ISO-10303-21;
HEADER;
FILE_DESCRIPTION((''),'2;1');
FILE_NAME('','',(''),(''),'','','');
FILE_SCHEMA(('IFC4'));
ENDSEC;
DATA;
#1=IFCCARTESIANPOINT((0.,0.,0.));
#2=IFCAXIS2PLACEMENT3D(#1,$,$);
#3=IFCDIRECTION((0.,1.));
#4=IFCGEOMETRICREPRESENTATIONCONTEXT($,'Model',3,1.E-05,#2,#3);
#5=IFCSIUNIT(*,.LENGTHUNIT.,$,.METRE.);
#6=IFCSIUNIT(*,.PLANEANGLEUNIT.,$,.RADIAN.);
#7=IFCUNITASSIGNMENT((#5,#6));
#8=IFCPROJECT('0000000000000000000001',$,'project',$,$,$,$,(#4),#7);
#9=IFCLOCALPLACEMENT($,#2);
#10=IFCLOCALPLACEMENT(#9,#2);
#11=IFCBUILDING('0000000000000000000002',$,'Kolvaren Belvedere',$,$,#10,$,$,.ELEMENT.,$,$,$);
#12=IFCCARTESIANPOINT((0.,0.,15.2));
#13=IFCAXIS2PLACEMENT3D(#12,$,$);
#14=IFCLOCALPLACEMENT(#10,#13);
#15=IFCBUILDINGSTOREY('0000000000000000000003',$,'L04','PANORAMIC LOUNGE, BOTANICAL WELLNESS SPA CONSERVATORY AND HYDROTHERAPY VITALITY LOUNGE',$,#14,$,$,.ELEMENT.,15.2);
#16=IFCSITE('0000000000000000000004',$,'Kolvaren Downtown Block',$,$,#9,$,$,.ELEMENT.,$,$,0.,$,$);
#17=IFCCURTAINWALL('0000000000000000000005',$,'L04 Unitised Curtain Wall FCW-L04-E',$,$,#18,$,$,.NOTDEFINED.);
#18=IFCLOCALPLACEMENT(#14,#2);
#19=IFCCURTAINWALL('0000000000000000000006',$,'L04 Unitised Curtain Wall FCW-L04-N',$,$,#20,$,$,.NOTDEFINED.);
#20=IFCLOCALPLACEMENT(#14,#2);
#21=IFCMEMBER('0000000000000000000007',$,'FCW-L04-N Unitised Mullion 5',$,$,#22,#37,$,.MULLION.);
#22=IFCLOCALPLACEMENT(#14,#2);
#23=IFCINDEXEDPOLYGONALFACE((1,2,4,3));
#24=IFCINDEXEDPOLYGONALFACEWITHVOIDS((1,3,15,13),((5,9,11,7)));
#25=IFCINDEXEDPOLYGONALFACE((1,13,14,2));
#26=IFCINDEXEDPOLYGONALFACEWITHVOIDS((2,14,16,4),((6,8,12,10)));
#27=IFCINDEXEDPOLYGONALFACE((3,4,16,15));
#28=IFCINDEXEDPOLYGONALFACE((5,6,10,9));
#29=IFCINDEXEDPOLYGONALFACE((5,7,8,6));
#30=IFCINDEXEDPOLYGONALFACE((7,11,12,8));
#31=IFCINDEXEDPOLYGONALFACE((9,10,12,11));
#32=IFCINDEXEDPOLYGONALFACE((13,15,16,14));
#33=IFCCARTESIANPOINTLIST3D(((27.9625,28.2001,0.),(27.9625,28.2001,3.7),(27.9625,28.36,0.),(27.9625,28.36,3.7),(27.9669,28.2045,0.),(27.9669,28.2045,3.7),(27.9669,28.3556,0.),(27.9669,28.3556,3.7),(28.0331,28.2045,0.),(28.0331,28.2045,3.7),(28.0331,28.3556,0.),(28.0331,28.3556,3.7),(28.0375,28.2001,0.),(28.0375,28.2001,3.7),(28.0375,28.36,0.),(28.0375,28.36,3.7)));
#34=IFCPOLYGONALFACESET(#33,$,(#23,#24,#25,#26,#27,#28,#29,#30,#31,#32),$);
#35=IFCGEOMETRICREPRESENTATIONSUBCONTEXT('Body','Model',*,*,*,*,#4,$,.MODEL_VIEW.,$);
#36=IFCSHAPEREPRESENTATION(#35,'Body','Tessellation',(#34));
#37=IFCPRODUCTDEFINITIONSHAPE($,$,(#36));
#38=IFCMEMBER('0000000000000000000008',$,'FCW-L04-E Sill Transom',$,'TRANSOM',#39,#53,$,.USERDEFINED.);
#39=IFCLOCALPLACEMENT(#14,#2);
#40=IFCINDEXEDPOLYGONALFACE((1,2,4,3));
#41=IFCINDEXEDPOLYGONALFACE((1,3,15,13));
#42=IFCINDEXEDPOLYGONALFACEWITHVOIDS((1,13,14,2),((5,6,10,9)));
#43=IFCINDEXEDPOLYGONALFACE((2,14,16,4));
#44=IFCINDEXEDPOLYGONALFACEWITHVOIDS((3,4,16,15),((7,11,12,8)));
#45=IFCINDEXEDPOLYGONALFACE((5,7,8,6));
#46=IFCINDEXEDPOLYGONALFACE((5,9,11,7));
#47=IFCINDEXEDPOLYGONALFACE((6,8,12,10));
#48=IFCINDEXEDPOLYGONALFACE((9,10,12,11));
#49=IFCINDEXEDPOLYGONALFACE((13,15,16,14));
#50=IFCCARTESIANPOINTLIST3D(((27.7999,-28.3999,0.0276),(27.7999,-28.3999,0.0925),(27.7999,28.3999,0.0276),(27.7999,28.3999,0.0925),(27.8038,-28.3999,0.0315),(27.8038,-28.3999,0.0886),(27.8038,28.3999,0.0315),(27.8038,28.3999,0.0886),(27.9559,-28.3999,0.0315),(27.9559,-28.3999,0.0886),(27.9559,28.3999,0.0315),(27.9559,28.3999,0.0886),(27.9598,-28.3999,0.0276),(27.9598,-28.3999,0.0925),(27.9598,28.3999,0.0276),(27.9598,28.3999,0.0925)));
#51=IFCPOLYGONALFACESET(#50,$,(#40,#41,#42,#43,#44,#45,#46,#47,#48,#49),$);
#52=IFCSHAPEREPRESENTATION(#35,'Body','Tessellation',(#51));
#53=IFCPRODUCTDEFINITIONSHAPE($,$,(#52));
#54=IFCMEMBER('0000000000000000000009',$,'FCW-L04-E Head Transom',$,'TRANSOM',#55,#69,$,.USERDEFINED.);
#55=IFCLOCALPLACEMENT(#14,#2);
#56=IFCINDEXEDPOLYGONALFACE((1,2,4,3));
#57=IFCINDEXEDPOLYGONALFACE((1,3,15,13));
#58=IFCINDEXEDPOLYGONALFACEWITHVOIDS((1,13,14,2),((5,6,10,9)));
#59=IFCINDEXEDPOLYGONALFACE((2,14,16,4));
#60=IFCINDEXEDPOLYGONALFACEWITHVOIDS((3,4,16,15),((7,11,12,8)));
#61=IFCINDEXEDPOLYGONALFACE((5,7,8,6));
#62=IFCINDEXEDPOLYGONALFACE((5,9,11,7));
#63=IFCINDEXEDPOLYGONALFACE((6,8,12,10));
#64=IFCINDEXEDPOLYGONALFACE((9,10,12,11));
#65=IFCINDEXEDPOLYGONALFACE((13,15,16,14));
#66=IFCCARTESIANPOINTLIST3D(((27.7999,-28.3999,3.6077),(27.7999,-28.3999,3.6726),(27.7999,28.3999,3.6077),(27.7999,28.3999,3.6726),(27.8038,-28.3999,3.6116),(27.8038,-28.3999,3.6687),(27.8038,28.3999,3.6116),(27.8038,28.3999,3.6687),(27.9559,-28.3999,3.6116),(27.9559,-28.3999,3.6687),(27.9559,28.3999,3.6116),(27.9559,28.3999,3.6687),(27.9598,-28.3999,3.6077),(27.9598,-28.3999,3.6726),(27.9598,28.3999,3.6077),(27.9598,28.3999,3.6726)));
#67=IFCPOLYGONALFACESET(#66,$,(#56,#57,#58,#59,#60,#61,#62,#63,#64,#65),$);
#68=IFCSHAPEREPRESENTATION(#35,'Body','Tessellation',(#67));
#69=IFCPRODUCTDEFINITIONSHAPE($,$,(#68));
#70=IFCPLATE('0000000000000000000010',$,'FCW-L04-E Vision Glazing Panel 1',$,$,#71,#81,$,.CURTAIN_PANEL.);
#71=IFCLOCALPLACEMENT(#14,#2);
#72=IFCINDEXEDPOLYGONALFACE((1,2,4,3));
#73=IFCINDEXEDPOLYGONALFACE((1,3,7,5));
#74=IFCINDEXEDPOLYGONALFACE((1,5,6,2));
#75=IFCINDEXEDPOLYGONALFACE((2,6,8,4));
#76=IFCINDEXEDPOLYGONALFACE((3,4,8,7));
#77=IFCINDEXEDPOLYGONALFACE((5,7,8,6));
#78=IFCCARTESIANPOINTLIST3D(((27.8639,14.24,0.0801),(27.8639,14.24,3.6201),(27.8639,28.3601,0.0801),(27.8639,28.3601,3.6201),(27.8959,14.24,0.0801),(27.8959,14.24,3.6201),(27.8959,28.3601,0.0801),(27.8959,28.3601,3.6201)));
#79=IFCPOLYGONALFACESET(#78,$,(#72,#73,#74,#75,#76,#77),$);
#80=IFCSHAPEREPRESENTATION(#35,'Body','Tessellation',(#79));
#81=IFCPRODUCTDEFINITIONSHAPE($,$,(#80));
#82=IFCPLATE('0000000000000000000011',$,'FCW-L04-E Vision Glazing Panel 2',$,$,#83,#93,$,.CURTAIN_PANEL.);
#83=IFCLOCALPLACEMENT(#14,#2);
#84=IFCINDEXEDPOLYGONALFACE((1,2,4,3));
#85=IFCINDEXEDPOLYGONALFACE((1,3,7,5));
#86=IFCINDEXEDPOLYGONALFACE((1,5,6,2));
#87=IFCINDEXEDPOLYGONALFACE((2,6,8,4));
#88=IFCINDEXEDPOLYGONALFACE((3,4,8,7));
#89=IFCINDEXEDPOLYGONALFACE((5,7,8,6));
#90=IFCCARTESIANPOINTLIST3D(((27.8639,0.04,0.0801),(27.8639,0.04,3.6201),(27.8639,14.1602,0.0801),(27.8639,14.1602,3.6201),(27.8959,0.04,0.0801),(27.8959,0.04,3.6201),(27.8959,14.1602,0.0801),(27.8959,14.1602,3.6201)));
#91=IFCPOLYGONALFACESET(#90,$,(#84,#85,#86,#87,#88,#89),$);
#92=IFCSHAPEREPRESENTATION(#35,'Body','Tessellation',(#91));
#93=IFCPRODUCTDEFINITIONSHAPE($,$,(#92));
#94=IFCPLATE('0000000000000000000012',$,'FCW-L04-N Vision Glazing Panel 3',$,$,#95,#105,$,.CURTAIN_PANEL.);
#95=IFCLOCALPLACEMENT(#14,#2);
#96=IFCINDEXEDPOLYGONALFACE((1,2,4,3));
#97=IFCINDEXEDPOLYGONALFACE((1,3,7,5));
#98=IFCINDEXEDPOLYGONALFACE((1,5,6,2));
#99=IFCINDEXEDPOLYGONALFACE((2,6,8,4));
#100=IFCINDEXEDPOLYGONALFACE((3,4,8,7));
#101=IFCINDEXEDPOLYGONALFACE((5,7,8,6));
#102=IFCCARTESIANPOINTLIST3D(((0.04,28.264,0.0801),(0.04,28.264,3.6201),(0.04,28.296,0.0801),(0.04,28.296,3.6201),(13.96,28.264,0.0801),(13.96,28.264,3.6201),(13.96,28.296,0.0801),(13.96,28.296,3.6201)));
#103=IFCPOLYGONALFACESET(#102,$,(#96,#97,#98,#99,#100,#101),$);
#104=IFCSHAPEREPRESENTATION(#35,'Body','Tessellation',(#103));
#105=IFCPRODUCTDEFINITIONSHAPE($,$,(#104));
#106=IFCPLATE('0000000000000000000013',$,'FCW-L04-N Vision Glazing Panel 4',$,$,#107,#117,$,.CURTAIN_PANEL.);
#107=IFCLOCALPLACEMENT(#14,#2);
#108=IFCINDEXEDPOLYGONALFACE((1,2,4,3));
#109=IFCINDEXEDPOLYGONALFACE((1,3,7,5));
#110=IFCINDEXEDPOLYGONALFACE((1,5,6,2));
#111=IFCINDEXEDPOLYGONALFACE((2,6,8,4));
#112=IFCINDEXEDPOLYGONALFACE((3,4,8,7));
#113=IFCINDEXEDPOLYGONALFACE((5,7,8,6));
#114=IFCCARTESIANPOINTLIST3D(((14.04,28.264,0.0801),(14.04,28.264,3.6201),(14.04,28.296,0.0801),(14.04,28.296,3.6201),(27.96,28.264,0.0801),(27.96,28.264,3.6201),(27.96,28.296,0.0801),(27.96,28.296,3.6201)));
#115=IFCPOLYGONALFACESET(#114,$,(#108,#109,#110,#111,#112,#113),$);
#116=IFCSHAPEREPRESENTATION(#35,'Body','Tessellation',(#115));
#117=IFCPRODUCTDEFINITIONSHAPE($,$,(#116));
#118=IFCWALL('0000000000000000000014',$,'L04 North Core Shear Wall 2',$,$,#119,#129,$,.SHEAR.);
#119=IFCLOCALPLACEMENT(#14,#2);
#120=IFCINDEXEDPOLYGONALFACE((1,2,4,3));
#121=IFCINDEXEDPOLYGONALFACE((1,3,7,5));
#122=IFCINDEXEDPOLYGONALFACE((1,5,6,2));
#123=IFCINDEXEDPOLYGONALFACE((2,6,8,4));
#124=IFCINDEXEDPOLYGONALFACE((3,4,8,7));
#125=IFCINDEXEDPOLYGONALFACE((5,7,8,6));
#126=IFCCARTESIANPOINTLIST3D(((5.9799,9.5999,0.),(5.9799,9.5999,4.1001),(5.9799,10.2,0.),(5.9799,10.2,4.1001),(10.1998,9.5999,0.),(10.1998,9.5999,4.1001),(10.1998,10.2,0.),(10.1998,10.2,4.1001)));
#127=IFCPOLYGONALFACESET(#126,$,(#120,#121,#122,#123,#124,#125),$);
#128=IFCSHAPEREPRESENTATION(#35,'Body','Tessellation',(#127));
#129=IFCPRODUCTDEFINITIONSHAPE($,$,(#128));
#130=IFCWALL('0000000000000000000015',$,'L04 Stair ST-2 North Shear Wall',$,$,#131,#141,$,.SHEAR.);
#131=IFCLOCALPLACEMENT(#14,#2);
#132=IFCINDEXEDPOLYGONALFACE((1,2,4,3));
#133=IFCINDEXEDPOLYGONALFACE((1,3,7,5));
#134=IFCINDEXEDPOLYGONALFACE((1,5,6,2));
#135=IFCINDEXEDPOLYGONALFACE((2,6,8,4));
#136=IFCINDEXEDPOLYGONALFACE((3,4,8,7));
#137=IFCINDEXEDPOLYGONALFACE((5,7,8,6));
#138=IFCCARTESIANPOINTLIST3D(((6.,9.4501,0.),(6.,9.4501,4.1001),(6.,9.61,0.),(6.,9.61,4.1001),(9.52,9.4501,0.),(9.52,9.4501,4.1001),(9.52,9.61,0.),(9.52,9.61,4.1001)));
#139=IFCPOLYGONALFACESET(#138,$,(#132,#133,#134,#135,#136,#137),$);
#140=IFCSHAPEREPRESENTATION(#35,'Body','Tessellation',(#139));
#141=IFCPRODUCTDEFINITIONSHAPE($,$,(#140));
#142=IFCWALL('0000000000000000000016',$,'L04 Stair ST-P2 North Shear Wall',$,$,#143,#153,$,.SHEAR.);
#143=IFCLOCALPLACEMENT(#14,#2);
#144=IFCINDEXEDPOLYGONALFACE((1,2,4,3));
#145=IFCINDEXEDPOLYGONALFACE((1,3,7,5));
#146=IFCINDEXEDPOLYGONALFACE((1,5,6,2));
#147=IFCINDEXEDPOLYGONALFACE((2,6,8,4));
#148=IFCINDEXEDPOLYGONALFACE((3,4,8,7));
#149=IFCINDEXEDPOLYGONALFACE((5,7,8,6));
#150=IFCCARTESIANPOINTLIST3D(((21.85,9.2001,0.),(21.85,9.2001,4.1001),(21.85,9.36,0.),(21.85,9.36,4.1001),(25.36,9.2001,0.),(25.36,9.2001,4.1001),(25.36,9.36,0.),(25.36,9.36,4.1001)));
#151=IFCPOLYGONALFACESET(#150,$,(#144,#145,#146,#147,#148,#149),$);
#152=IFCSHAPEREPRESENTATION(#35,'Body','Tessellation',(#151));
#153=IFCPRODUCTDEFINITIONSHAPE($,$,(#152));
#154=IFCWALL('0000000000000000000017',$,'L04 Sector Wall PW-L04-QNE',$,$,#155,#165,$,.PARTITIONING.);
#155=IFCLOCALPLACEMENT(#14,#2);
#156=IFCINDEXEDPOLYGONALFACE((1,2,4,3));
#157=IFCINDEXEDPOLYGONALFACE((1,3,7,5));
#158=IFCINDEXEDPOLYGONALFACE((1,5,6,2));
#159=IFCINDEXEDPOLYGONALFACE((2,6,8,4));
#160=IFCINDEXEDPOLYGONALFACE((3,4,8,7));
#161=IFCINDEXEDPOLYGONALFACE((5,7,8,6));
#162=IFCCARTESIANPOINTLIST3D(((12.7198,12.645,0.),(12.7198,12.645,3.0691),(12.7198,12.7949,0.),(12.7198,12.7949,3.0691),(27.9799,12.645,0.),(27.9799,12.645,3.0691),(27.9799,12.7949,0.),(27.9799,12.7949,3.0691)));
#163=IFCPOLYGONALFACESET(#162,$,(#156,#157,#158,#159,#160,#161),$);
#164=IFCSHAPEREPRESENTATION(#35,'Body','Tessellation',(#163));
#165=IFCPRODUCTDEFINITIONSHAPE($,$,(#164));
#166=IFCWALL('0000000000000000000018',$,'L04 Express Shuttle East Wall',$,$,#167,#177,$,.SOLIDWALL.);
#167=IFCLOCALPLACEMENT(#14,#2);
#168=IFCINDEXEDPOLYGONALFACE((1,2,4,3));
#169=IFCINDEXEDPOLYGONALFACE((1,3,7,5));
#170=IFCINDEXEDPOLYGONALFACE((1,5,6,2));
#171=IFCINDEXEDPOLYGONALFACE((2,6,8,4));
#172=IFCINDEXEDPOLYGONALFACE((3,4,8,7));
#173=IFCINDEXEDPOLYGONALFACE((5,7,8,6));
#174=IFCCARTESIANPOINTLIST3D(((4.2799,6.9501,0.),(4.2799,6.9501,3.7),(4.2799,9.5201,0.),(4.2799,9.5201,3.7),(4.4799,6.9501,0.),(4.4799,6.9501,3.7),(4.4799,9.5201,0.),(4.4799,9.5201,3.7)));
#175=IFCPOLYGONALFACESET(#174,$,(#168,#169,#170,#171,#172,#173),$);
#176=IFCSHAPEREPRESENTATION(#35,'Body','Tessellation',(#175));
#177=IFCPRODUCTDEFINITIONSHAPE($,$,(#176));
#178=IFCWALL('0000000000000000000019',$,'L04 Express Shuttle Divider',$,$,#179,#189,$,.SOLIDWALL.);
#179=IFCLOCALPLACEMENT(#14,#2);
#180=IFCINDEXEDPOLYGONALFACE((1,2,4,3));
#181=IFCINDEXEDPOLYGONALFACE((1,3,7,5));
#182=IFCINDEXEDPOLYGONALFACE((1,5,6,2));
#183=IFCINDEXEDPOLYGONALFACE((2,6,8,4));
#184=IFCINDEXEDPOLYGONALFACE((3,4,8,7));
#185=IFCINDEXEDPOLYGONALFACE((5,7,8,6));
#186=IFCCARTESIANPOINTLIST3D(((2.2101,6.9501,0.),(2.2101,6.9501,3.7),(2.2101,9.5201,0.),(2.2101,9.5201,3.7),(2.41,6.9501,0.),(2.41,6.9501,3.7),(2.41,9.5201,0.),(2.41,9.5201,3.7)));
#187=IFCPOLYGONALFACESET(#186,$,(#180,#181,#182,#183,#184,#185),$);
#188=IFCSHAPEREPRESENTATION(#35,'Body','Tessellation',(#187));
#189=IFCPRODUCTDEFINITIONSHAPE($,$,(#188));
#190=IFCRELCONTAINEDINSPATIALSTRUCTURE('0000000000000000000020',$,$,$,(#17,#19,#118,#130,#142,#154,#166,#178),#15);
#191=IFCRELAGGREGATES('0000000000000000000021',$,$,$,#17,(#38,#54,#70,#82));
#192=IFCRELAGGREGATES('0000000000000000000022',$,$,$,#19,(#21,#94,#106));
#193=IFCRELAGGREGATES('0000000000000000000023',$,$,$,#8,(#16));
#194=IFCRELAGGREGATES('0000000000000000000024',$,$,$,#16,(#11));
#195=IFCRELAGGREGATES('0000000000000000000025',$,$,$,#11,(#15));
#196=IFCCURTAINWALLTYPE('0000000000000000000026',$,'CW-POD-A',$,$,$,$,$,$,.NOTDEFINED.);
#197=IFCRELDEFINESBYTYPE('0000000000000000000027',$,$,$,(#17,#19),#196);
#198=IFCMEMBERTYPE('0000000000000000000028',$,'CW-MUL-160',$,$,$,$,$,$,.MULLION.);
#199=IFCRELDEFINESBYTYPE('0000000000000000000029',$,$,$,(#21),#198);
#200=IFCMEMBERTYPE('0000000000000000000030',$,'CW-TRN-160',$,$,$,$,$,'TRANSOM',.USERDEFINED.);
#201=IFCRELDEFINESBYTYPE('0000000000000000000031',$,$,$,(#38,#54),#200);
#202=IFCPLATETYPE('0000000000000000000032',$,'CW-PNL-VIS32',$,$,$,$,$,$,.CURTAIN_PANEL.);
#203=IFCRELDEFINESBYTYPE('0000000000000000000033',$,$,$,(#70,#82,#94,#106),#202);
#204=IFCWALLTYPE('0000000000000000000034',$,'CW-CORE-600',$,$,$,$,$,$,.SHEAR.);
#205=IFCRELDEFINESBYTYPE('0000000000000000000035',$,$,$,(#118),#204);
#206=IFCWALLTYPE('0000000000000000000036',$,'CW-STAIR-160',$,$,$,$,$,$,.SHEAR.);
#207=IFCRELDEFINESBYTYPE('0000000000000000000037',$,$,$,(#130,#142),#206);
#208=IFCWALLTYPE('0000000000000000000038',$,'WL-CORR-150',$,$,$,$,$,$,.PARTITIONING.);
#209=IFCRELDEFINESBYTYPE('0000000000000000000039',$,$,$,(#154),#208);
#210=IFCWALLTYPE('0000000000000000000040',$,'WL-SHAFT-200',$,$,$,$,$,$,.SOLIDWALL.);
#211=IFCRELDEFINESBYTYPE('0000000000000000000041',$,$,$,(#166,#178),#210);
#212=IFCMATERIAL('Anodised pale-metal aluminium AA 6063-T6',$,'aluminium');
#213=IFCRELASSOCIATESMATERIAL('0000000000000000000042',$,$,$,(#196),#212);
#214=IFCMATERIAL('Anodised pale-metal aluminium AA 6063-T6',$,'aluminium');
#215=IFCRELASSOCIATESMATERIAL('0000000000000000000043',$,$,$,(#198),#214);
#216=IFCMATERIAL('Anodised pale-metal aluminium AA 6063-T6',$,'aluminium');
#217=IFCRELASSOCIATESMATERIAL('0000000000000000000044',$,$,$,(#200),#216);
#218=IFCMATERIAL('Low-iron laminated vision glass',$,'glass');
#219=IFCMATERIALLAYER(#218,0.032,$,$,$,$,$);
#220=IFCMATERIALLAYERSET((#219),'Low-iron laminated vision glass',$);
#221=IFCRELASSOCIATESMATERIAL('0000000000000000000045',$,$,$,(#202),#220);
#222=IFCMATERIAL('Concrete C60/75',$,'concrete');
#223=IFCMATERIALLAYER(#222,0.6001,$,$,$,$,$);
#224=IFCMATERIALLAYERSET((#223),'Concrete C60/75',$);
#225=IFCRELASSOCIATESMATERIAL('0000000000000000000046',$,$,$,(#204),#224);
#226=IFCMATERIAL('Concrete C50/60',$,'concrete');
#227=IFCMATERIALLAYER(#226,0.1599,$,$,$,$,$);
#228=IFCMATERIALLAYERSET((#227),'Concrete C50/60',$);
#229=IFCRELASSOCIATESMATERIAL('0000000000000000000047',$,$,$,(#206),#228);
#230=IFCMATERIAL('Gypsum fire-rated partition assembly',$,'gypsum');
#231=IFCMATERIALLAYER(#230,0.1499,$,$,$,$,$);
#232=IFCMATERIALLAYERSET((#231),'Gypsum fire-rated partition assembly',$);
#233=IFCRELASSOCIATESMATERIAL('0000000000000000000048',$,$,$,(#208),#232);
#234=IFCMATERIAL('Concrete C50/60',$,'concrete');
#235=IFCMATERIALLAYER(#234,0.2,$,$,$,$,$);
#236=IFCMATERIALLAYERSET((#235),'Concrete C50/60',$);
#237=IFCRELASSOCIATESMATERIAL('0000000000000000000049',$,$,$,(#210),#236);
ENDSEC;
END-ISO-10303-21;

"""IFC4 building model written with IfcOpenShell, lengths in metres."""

from ifc_helpers import new_model, si_unit, direction, frame, frame_2d, origin, origin_2d, place, context, subcontext, project, spatial, rectangle, hollow_rectangle, extrude, material, layer, layer_set, material_profile, profile_set, type_object, element, aggregate, save


model = new_model("IFC4")

# Units and contexts
model_context = context("Model", 3, precision=1e-05, world=origin(), true_north=direction((0.0, 1.0)))
body_context = subcontext(model_context, "Body", "Model", "MODEL_VIEW")
ifc_project = project(units=[si_unit("LENGTHUNIT", "METRE"), si_unit("PLANEANGLEUNIT", "RADIAN")], contexts=[model_context])

# Site, building, storey
site_placement = place(None, origin())
site = spatial("IfcSite", under=ifc_project, at=site_placement, Name="Kolvaren Downtown Block", CompositionType="ELEMENT", RefElevation=0.0)
building_placement = place(site_placement, origin())
building = spatial("IfcBuilding", under=site, at=building_placement, Name="Kolvaren Belvedere", CompositionType="ELEMENT")
storey_placement = place(building_placement, frame((0.0, 0.0, 15.2)))
storey = spatial("IfcBuildingStorey", under=building, at=storey_placement, Name="L04", Description="PANORAMIC LOUNGE, BOTANICAL WELLNESS SPA CONSERVATORY AND HYDROTHERAPY VITALITY LOUNGE", CompositionType="ELEMENT", Elevation=15.2)

# Curtain walls, member
ifc_material_1 = material(Name="Anodised pale-metal aluminium AA 6063-T6", Category="aluminium")
curtain_wall_type = type_object("IfcCurtainWallType", Name="CW-POD-A", PredefinedType="NOTDEFINED", material=ifc_material_1)
curtain_wall_1_placement = place(storey_placement, origin())
curtain_wall_1 = element("IfcCurtainWall", 1, at=curtain_wall_1_placement, inside=storey, type_object=curtain_wall_type, Name="L04 Unitised Curtain Wall FCW-L04-E", PredefinedType="NOTDEFINED")
ifc_material_2 = material(Name="Anodised pale-metal aluminium AA 6063-T6", Category="aluminium")
ifc_material_profile_1 = material_profile(ifc_material_2, hollow_rectangle(XDim=0.075, YDim=0.1599, WallThickness=0.0044, at=origin_2d()), Name="ALU-MUL-160X75")
ifc_profile_set_1 = profile_set([ifc_material_profile_1], Name="Anodised pale-metal aluminium AA 6063-T6")
member_type_1 = type_object("IfcMemberType", Name="CW-MUL-160", PredefinedType="MULLION", material=ifc_profile_set_1)
curtain_wall_2_placement = place(storey_placement, origin())
curtain_wall_2 = element("IfcCurtainWall", 2, at=curtain_wall_2_placement, inside=storey, type_object=curtain_wall_type, Name="L04 Unitised Curtain Wall FCW-L04-N", PredefinedType="NOTDEFINED")
member_1_placement = place(storey_placement, frame((28.0, 28.28, 0.0), z_axis=(0.0, 0.0, 1.0), x_axis=(1.0, 0.0, 0.0)))
member_1 = element("IfcMember", 3, at=member_1_placement, type_object=member_type_1, Name="FCW-L04-N Unitised Mullion 5", PredefinedType="MULLION", context=body_context, shape_type="SweptSolid", body=[
    extrude(hollow_rectangle(XDim=0.075, YDim=0.1599, WallThickness=0.0044, at=origin_2d()), origin(), (0.0, 0.0, 1.0), 3.7),
])

# Members
ifc_material_3 = material(Name="Anodised pale-metal aluminium AA 6063-T6", Category="aluminium")
ifc_material_profile_2 = material_profile(ifc_material_3, hollow_rectangle(XDim=0.0649, YDim=0.1599, WallThickness=0.0039, at=origin_2d()), Name="ALU-TRN-160X65")
ifc_profile_set_2 = profile_set([ifc_material_profile_2], Name="Anodised pale-metal aluminium AA 6063-T6")
member_type_2 = type_object("IfcMemberType", Name="CW-TRN-160", ElementType="TRANSOM", PredefinedType="USERDEFINED", material=ifc_profile_set_2)
member_2_placement = place(storey_placement, frame((27.8799, 28.3999, 0.0601), z_axis=(0.0, -1.0, 0.0), x_axis=(0.0, 0.0, 1.0)))
member_2 = element("IfcMember", 4, at=member_2_placement, type_object=member_type_2, Name="FCW-L04-E Sill Transom", ObjectType="TRANSOM", PredefinedType="USERDEFINED", context=body_context, shape_type="SweptSolid", body=[
    extrude(hollow_rectangle(XDim=0.0649, YDim=0.1599, WallThickness=0.0039, at=origin_2d()), origin(), (0.0, 0.0, 1.0), 56.7998),
])
member_3_placement = place(storey_placement, frame((27.8799, 28.3999, 3.6401), z_axis=(0.0, -1.0, 0.0), x_axis=(0.0, 0.0, 1.0)))
member_3 = element("IfcMember", 5, at=member_3_placement, type_object=member_type_2, Name="FCW-L04-E Head Transom", ObjectType="TRANSOM", PredefinedType="USERDEFINED", context=body_context, shape_type="SweptSolid", body=[
    extrude(hollow_rectangle(XDim=0.0649, YDim=0.1599, WallThickness=0.0039, at=origin_2d()), origin(), (0.0, 0.0, 1.0), 56.7998),
])

# Plates
ifc_material_4 = material(Name="Low-iron laminated vision glass", Category="glass")
ifc_layer_1 = layer(ifc_material_4, 0.032)
ifc_layer_set_1 = layer_set([ifc_layer_1], Name="Low-iron laminated vision glass")
plate_type = type_object("IfcPlateType", Name="CW-PNL-VIS32", PredefinedType="CURTAIN_PANEL", material=ifc_layer_set_1)
plate_1_placement = place(storey_placement, frame((27.8799, 21.3, 0.0801), z_axis=(0.0, 0.0, 1.0), x_axis=(0.0, -1.0, 0.0)))
plate_1 = element("IfcPlate", 6, at=plate_1_placement, type_object=plate_type, Name="FCW-L04-E Vision Glazing Panel 1", PredefinedType="CURTAIN_PANEL", context=body_context, shape_type="SweptSolid", body=[
    extrude(rectangle(XDim=14.1201, YDim=0.032, at=origin_2d()), origin(), (0.0, 0.0, 1.0), 3.54),
])
plate_2_placement = place(storey_placement, frame((27.8799, 7.1001, 0.0801), z_axis=(0.0, 0.0, 1.0), x_axis=(0.0, -1.0, 0.0)))
plate_2 = element("IfcPlate", 7, at=plate_2_placement, type_object=plate_type, Name="FCW-L04-E Vision Glazing Panel 2", PredefinedType="CURTAIN_PANEL", context=body_context, shape_type="SweptSolid", body=[
    extrude(rectangle(XDim=14.1201, YDim=0.032, at=origin_2d()), origin(), (0.0, 0.0, 1.0), 3.54),
])
aggregate(curtain_wall_1, [member_2, member_3, plate_1, plate_2])
plate_3_placement = place(storey_placement, frame((7.0, 28.28, 0.0801), z_axis=(0.0, 0.0, 1.0), x_axis=(1.0, 0.0, 0.0)))
plate_3 = element("IfcPlate", 8, at=plate_3_placement, type_object=plate_type, Name="FCW-L04-N Vision Glazing Panel 3", PredefinedType="CURTAIN_PANEL", context=body_context, shape_type="SweptSolid", body=[
    extrude(rectangle(XDim=13.9199, YDim=0.032, at=origin_2d()), origin(), (0.0, 0.0, 1.0), 3.54),
])
plate_4_placement = place(storey_placement, frame((21.0, 28.28, 0.0801), z_axis=(0.0, 0.0, 1.0), x_axis=(1.0, 0.0, 0.0)))
plate_4 = element("IfcPlate", 9, at=plate_4_placement, type_object=plate_type, Name="FCW-L04-N Vision Glazing Panel 4", PredefinedType="CURTAIN_PANEL", context=body_context, shape_type="SweptSolid", body=[
    extrude(rectangle(XDim=13.9199, YDim=0.032, at=origin_2d()), origin(), (0.0, 0.0, 1.0), 3.54),
])
aggregate(curtain_wall_2, [member_1, plate_3, plate_4])

# Walls
ifc_material_5 = material(Name="Concrete C60/75", Category="concrete")
ifc_layer_2 = layer(ifc_material_5, 0.6001)
ifc_layer_set_2 = layer_set([ifc_layer_2], Name="Concrete C60/75")
wall_type_1 = type_object("IfcWallType", Name="CW-CORE-600", PredefinedType="SHEAR", material=ifc_layer_set_2)
wall_1_placement = place(storey_placement, frame((5.98, 9.8999, 0.0), z_axis=(0.0, 0.0, 1.0), x_axis=(1.0, 0.0, 0.0)))
element("IfcWall", 10, at=wall_1_placement, inside=storey, type_object=wall_type_1, Name="L04 North Core Shear Wall 2", PredefinedType="SHEAR", context=body_context, shape_type="SweptSolid", body=[
    extrude(rectangle(XDim=4.22, YDim=0.6001, at=frame_2d((2.1099, 0.0))), origin(), (0.0, 0.0, 1.0), 4.1001),
])
ifc_material_6 = material(Name="Concrete C50/60", Category="concrete")
ifc_layer_3 = layer(ifc_material_6, 0.1599)
ifc_layer_set_3 = layer_set([ifc_layer_3], Name="Concrete C50/60")
wall_type_2 = type_object("IfcWallType", Name="CW-STAIR-160", PredefinedType="SHEAR", material=ifc_layer_set_3)
wall_2_placement = place(storey_placement, frame((6.0, 9.53, 0.0), z_axis=(0.0, 0.0, 1.0), x_axis=(1.0, 0.0, 0.0)))
element("IfcWall", 11, at=wall_2_placement, inside=storey, type_object=wall_type_2, Name="L04 Stair ST-2 North Shear Wall", PredefinedType="SHEAR", context=body_context, shape_type="SweptSolid", body=[
    extrude(rectangle(XDim=3.52, YDim=0.1599, at=frame_2d((1.76, 0.0))), origin(), (0.0, 0.0, 1.0), 4.1001),
])
wall_3_placement = place(storey_placement, frame((21.8501, 9.28, 0.0), z_axis=(0.0, 0.0, 1.0), x_axis=(1.0, 0.0, 0.0)))
element("IfcWall", 12, at=wall_3_placement, inside=storey, type_object=wall_type_2, Name="L04 Stair ST-P2 North Shear Wall", PredefinedType="SHEAR", context=body_context, shape_type="SweptSolid", body=[
    extrude(rectangle(XDim=3.51, YDim=0.1599, at=frame_2d((1.7549, 0.0))), origin(), (0.0, 0.0, 1.0), 4.1001),
])
ifc_material_7 = material(Name="Gypsum fire-rated partition assembly", Category="gypsum")
ifc_layer_4 = layer(ifc_material_7, 0.1499)
ifc_layer_set_4 = layer_set([ifc_layer_4], Name="Gypsum fire-rated partition assembly")
wall_type_3 = type_object("IfcWallType", Name="WL-CORR-150", PredefinedType="PARTITIONING", material=ifc_layer_set_4)
wall_4_placement = place(storey_placement, frame((12.72, 12.72, 0.0), z_axis=(0.0, 0.0, 1.0), x_axis=(1.0, 0.0, 0.0)))
element("IfcWall", 13, at=wall_4_placement, inside=storey, type_object=wall_type_3, Name="L04 Sector Wall PW-L04-QNE", PredefinedType="PARTITIONING", context=body_context, shape_type="SweptSolid", body=[
    extrude(rectangle(XDim=15.26, YDim=0.1499, at=frame_2d((7.6299, 0.0))), origin(), (0.0, 0.0, 1.0), 3.0691),
])
ifc_material_8 = material(Name="Concrete C50/60", Category="concrete")
ifc_layer_5 = layer(ifc_material_8, 0.2)
ifc_layer_set_5 = layer_set([ifc_layer_5], Name="Concrete C50/60")
wall_type_4 = type_object("IfcWallType", Name="WL-SHAFT-200", PredefinedType="SOLIDWALL", material=ifc_layer_set_5)
for number, where, z_axis, x_axis, name in (
    (14, (4.3799, 6.95, 0.0), (0.0, 0.0, 1.0), (0.0, 1.0, 0.0), "L04 Express Shuttle East Wall"),
    (15, (2.3101, 6.95, 0.0), (0.0, 0.0, 1.0), (0.0, 1.0, 0.0), "L04 Express Shuttle Divider"),
):
    element("IfcWall", number, at=place(storey_placement, frame(where, z_axis=z_axis, x_axis=x_axis)), inside=storey, type_object=wall_type_4, Name=name, PredefinedType="SOLIDWALL", context=body_context, shape_type="SweptSolid", body=[
        extrude(rectangle(XDim=2.5701, YDim=0.2, at=frame_2d((1.2852, 0.0))), origin(), (0.0, 0.0, 1.0), 3.7),
    ])

save(model, "model.ifc")
